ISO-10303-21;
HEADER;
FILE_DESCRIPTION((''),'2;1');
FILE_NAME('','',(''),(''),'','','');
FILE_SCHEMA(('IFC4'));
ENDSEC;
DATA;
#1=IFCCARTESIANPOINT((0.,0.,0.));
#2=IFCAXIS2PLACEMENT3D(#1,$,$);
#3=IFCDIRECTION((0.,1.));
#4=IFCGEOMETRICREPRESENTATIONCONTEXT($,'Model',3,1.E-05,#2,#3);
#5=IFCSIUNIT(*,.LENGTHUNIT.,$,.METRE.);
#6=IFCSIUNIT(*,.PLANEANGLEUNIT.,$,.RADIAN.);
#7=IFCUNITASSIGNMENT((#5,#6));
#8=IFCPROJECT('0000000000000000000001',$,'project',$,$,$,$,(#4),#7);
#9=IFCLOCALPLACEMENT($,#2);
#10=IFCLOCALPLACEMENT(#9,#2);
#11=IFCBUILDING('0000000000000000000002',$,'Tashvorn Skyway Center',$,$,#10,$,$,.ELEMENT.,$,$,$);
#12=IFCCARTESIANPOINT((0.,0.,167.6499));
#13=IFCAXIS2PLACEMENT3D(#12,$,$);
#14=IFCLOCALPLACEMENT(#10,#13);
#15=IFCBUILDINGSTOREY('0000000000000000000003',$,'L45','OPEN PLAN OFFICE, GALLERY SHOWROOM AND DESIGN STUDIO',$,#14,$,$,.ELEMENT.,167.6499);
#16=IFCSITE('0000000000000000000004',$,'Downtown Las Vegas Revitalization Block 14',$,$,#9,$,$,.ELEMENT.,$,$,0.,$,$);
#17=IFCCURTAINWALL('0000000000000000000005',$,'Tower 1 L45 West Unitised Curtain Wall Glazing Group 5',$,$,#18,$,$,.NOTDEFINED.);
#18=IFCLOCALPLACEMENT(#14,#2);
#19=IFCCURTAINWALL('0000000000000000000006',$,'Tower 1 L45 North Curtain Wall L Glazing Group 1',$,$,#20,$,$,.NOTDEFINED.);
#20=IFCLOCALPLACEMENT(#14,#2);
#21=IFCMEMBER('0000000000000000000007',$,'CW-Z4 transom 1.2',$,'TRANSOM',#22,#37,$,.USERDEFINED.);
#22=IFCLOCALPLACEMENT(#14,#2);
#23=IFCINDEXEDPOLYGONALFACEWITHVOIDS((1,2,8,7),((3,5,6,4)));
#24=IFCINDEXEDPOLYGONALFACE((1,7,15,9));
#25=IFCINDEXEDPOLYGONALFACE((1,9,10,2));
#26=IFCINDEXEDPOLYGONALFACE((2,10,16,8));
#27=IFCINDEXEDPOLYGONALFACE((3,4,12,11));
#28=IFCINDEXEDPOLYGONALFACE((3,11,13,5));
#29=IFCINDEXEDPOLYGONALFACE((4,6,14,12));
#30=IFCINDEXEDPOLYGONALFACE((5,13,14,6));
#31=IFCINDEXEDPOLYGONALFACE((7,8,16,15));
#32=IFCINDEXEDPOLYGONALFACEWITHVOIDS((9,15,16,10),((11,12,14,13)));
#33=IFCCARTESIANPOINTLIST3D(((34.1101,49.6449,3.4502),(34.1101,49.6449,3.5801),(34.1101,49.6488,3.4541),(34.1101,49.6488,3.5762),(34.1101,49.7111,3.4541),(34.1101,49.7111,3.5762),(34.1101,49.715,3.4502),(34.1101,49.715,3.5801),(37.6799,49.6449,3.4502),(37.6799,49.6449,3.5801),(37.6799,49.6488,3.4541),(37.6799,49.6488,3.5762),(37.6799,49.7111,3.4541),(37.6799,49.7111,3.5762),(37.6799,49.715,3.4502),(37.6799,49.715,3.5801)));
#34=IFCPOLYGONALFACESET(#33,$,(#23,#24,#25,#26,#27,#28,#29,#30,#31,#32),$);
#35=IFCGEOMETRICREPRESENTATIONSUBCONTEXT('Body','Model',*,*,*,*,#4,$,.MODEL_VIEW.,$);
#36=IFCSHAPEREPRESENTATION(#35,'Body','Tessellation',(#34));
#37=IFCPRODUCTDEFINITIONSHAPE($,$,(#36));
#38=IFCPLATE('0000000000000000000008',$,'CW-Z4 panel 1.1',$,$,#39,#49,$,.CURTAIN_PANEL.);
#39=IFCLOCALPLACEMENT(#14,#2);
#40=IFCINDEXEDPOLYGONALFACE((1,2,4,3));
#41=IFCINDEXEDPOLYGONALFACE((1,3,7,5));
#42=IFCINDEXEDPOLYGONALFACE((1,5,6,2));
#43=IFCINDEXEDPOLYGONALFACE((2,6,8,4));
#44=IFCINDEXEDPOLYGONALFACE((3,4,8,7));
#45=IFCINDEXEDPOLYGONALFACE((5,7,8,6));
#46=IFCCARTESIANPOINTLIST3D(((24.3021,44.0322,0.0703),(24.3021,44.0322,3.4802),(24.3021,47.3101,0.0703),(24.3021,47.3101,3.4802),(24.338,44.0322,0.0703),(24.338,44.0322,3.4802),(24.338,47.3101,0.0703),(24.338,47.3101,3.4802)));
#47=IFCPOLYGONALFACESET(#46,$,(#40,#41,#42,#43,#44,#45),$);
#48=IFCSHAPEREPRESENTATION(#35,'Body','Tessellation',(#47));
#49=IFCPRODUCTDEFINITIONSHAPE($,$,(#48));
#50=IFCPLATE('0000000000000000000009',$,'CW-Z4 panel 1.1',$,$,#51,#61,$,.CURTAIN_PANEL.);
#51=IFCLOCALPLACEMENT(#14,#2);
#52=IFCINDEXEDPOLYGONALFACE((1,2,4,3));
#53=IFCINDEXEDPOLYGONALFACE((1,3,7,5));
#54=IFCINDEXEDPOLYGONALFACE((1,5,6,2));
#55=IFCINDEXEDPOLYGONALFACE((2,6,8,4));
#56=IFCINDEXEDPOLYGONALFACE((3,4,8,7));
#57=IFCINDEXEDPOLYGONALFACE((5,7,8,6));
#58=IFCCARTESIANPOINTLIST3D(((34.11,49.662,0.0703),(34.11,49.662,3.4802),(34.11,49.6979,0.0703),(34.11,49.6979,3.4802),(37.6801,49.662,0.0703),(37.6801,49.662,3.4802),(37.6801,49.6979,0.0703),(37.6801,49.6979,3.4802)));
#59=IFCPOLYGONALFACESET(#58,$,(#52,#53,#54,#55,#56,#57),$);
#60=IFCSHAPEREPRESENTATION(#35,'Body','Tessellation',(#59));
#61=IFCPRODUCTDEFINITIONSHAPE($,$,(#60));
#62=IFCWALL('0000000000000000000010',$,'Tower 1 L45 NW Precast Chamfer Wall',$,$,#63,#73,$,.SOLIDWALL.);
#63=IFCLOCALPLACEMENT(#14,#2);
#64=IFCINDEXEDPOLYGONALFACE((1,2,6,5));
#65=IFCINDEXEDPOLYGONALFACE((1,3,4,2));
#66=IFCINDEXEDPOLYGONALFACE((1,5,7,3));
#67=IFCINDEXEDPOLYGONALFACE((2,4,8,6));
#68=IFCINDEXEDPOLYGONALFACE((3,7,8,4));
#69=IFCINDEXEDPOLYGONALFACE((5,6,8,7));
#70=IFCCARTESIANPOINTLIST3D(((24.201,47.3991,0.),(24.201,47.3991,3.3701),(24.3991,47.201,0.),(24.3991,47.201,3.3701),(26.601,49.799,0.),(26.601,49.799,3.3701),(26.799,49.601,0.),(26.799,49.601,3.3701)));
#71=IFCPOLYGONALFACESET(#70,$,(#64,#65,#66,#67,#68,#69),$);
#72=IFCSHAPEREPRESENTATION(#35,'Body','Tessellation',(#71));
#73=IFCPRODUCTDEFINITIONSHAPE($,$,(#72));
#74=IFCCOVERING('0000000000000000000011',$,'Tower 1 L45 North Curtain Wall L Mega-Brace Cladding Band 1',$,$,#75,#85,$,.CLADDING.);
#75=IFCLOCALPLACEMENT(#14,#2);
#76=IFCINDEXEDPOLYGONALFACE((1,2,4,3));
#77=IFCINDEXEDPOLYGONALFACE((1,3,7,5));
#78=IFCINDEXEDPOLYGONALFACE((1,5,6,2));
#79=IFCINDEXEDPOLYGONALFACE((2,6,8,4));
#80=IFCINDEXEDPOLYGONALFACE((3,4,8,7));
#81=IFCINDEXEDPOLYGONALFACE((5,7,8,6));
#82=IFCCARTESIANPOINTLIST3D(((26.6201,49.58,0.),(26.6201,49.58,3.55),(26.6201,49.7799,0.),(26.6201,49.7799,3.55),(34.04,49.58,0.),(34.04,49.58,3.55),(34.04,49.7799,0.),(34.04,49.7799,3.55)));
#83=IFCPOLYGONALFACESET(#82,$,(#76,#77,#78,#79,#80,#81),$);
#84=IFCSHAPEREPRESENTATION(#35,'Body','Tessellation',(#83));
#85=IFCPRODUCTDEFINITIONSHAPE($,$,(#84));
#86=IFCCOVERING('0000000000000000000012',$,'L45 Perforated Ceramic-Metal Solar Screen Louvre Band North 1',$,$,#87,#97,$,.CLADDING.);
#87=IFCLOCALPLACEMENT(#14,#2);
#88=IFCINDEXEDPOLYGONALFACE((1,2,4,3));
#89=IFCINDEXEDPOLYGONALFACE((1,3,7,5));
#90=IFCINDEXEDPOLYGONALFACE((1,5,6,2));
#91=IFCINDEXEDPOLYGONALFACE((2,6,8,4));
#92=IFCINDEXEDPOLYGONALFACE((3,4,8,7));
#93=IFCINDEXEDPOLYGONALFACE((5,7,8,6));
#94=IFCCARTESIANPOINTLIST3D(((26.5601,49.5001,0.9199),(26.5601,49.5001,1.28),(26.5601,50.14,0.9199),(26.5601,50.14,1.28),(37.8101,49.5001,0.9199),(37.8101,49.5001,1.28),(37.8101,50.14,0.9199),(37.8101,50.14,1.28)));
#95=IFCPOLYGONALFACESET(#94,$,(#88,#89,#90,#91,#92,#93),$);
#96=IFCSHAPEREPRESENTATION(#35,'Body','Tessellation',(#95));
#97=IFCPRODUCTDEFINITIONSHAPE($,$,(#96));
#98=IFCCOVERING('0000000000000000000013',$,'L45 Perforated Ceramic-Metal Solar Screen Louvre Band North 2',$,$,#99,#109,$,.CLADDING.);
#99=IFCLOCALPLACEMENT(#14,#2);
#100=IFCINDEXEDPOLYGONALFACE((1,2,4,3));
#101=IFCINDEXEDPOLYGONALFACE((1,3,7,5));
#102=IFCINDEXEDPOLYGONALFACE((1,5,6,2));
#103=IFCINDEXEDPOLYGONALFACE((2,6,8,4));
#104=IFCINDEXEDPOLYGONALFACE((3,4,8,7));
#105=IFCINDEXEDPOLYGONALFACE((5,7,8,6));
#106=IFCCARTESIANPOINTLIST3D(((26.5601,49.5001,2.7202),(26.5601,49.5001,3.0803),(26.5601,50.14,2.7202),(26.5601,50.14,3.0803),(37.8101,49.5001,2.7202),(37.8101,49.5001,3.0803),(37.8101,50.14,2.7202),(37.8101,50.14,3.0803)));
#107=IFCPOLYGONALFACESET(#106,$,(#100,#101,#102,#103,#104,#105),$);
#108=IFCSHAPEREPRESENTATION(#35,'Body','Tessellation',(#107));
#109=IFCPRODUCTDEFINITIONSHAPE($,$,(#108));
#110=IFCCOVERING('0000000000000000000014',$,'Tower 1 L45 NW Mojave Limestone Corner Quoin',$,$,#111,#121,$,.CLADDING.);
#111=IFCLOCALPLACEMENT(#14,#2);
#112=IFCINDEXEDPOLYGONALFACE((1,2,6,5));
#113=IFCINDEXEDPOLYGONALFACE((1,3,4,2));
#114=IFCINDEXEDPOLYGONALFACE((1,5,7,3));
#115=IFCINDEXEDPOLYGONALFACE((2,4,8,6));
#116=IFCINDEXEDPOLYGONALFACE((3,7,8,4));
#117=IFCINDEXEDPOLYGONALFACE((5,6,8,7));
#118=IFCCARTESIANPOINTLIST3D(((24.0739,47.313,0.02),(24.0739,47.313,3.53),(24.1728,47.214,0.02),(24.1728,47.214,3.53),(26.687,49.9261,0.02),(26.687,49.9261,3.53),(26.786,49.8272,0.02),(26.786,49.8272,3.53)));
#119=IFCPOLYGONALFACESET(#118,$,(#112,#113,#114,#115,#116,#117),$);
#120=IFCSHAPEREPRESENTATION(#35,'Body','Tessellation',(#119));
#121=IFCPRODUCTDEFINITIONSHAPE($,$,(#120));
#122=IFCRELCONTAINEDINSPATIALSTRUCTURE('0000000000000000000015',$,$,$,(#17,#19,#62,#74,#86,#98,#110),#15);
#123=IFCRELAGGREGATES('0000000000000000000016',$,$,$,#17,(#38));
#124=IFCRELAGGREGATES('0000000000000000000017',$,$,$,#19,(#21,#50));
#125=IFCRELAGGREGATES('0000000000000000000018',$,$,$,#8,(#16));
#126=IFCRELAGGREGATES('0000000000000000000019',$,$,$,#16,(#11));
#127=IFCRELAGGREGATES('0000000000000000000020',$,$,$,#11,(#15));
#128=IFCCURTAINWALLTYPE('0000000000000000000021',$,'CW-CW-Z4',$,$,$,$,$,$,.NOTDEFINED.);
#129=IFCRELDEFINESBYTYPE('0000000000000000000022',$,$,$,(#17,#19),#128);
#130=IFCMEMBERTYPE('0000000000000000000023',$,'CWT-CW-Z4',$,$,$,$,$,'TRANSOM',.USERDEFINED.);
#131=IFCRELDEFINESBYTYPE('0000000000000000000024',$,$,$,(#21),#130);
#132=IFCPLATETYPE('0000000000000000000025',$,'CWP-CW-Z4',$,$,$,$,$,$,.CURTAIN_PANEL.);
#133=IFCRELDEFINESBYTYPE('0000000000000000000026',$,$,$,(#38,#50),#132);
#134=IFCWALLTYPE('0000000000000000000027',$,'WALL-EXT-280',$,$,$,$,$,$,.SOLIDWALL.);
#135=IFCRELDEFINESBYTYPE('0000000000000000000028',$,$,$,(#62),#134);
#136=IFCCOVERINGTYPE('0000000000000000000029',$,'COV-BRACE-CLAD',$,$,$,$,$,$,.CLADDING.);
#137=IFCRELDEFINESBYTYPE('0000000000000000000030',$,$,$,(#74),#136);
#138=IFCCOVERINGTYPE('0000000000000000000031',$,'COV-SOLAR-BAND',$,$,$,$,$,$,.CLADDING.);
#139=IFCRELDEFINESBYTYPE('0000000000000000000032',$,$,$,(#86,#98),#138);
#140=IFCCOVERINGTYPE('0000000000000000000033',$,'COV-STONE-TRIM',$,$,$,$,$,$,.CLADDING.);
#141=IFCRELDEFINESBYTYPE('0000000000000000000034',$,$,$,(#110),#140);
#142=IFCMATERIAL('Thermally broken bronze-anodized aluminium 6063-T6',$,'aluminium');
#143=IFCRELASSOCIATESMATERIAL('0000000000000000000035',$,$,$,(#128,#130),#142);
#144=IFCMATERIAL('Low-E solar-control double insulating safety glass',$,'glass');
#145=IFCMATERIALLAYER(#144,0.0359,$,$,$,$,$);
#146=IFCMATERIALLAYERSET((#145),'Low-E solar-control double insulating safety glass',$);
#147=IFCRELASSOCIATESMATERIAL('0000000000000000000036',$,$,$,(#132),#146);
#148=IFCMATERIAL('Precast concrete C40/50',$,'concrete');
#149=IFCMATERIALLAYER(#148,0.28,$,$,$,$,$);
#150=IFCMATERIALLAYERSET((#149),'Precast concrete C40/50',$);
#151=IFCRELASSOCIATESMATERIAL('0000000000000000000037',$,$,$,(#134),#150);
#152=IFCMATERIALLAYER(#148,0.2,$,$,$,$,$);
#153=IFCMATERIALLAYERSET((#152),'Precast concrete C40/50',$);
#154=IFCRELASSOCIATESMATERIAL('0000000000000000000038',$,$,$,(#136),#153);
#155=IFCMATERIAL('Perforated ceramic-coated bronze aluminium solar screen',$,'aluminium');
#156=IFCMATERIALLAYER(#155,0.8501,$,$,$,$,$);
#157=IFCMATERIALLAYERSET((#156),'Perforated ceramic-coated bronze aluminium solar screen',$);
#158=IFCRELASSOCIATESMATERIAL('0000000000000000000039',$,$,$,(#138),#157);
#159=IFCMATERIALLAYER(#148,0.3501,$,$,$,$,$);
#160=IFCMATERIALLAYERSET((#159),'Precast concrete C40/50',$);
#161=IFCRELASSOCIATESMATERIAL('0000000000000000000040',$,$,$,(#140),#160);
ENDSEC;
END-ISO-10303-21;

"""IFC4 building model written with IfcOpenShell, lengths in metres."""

from ifc_helpers import new_model, si_unit, direction, frame, frame_2d, origin, origin_2d, place, context, subcontext, project, spatial, rectangle, hollow_rectangle, extrude, material, layer, layer_set, material_profile, profile_set, type_object, element, aggregate, save


model = new_model("IFC4")

# Units and contexts
model_context = context("Model", 3, precision=1e-05, world=origin(), true_north=direction((0.0, 1.0)))
body_context = subcontext(model_context, "Body", "Model", "MODEL_VIEW")
ifc_project = project(units=[si_unit("LENGTHUNIT", "METRE"), si_unit("PLANEANGLEUNIT", "RADIAN")], contexts=[model_context])

# Site, building, storey
site_placement = place(None, origin())
site = spatial("IfcSite", under=ifc_project, at=site_placement, Name="Downtown Las Vegas Revitalization Block 14", CompositionType="ELEMENT", RefElevation=0.0)
building_placement = place(site_placement, origin())
building = spatial("IfcBuilding", under=site, at=building_placement, Name="Tashvorn Skyway Center", CompositionType="ELEMENT")
storey_placement = place(building_placement, frame((0.0, 0.0, 167.6499)))
storey = spatial("IfcBuildingStorey", under=building, at=storey_placement, Name="L45", Description="OPEN PLAN OFFICE, GALLERY SHOWROOM AND DESIGN STUDIO", CompositionType="ELEMENT", Elevation=167.6499)

# Curtain wall
ifc_material_1 = material(Name="Thermally broken bronze-anodized aluminium 6063-T6", Category="aluminium")
curtain_wall_type = type_object("IfcCurtainWallType", Name="CW-CW-Z4", PredefinedType="NOTDEFINED", material=ifc_material_1)
curtain_wall_1_placement = place(storey_placement, origin())
curtain_wall_1 = element("IfcCurtainWall", 1, at=curtain_wall_1_placement, inside=storey, type_object=curtain_wall_type, Name="Tower 1 L45 West Unitised Curtain Wall Glazing Group 5", PredefinedType="NOTDEFINED")

# Curtain wall, member
curtain_wall_2_placement = place(storey_placement, origin())
curtain_wall_2 = element("IfcCurtainWall", 2, at=curtain_wall_2_placement, inside=storey, type_object=curtain_wall_type, Name="Tower 1 L45 North Curtain Wall L Glazing Group 1", PredefinedType="NOTDEFINED")
ifc_material_profile_1 = material_profile(ifc_material_1, hollow_rectangle(XDim=0.0701, YDim=0.1299, WallThickness=0.0039, at=origin_2d()), Name="ALU-TRAN-70x130")
ifc_profile_set_1 = profile_set([ifc_material_profile_1], Name="Thermally broken bronze-anodized aluminium 6063-T6")
member_type_1 = type_object("IfcMemberType", Name="CWT-CW-Z4", ElementType="TRANSOM", PredefinedType="USERDEFINED", material=ifc_profile_set_1)
member_1_placement = place(storey_placement, frame((34.1101, 49.6799, 3.5151), z_axis=(1.0, 0.0, 0.0), x_axis=(0.0, 1.0, 0.0)))
member_1 = element("IfcMember", 3, at=member_1_placement, type_object=member_type_1, Name="CW-Z4 transom 1.2", ObjectType="TRANSOM", PredefinedType="USERDEFINED", context=body_context, shape_type="SweptSolid", body=[
    extrude(hollow_rectangle(XDim=0.0701, YDim=0.1299, WallThickness=0.0039, at=origin_2d()), origin(), (0.0, 0.0, 1.0), 3.5698),
])

# Plates
ifc_material_2 = material(Name="Low-E solar-control double insulating safety glass", Category="glass")
ifc_layer_1 = layer(ifc_material_2, 0.0359)
ifc_layer_set_1 = layer_set([ifc_layer_1], Name="Low-E solar-control double insulating safety glass")
plate_type = type_object("IfcPlateType", Name="CWP-CW-Z4", PredefinedType="CURTAIN_PANEL", material=ifc_layer_set_1)
plate_1_placement = place(storey_placement, frame((24.3201, 45.6711, 0.0703), z_axis=(0.0, 0.0, 1.0), x_axis=(0.0, 1.0, 0.0)))
plate_1 = element("IfcPlate", 4, at=plate_1_placement, type_object=plate_type, Name="CW-Z4 panel 1.1", PredefinedType="CURTAIN_PANEL", context=body_context, shape_type="SweptSolid", body=[
    extrude(rectangle(XDim=3.2778, YDim=0.0359, at=origin_2d()), origin(), (0.0, 0.0, 1.0), 3.4099),
])
aggregate(curtain_wall_1, [plate_1])
plate_2_placement = place(storey_placement, frame((35.895, 49.6799, 0.0703), z_axis=(0.0, 0.0, 1.0), x_axis=(1.0, 0.0, 0.0)))
plate_2 = element("IfcPlate", 5, at=plate_2_placement, type_object=plate_type, Name="CW-Z4 panel 1.1", PredefinedType="CURTAIN_PANEL", context=body_context, shape_type="SweptSolid", body=[
    extrude(rectangle(XDim=3.5701, YDim=0.0359, at=origin_2d()), origin(), (0.0, 0.0, 1.0), 3.4099),
])
aggregate(curtain_wall_2, [member_1, plate_2])

# Wall
ifc_material_3 = material(Name="Precast concrete C40/50", Category="concrete")
ifc_layer_2 = layer(ifc_material_3, 0.28)
ifc_layer_set_2 = layer_set([ifc_layer_2], Name="Precast concrete C40/50")
wall_type = type_object("IfcWallType", Name="WALL-EXT-280", PredefinedType="SOLIDWALL", material=ifc_layer_set_2)
wall_placement = place(storey_placement, frame((24.3, 47.3, 0.0), z_axis=(0.0, 0.0, 1.0), x_axis=(0.707107, 0.707107, 0.0)))
element("IfcWall", 6, at=wall_placement, inside=storey, type_object=wall_type, Name="Tower 1 L45 NW Precast Chamfer Wall", PredefinedType="SOLIDWALL", context=body_context, shape_type="SweptSolid", body=[
    extrude(rectangle(XDim=3.394, YDim=0.28, at=frame_2d((1.697, 0.0))), origin(), (0.0, 0.0, 1.0), 3.3701),
])

# Coverings
ifc_layer_3 = layer(ifc_material_3, 0.2)
ifc_layer_set_3 = layer_set([ifc_layer_3], Name="Precast concrete C40/50")
covering_type_1 = type_object("IfcCoveringType", Name="COV-BRACE-CLAD", PredefinedType="CLADDING", material=ifc_layer_set_3)
covering_1_placement = place(storey_placement, frame((30.3301, 49.6799, 0.0), z_axis=(0.0, 0.0, 1.0), x_axis=(1.0, 0.0, 0.0)))
element("IfcCovering", 7, at=covering_1_placement, inside=storey, type_object=covering_type_1, Name="Tower 1 L45 North Curtain Wall L Mega-Brace Cladding Band 1", PredefinedType="CLADDING", context=body_context, shape_type="SweptSolid", body=[
    extrude(rectangle(XDim=7.4199, YDim=0.2, at=origin_2d()), origin(), (0.0, 0.0, 1.0), 3.55),
])
ifc_material_4 = material(Name="Perforated ceramic-coated bronze aluminium solar screen", Category="aluminium")
ifc_layer_4 = layer(ifc_material_4, 0.8501)
ifc_layer_set_4 = layer_set([ifc_layer_4], Name="Perforated ceramic-coated bronze aluminium solar screen")
covering_type_2 = type_object("IfcCoveringType", Name="COV-SOLAR-BAND", PredefinedType="CLADDING", material=ifc_layer_set_4)
for number, where, z_axis, x_axis, name in (
    (8, (32.1851, 49.8201, 0.9199), (0.0, 0.0, 1.0), (1.0, 0.0, 0.0), "L45 Perforated Ceramic-Metal Solar Screen Louvre Band North 1"),
    (9, (32.1851, 49.8201, 2.7202), (0.0, 0.0, 1.0), (1.0, 0.0, 0.0), "L45 Perforated Ceramic-Metal Solar Screen Louvre Band North 2"),
):
    element("IfcCovering", number, at=place(storey_placement, frame(where, z_axis=z_axis, x_axis=x_axis)), inside=storey, type_object=covering_type_2, Name=name, PredefinedType="CLADDING", context=body_context, shape_type="SweptSolid", body=[
        extrude(rectangle(XDim=11.25, YDim=0.6399, at=origin_2d()), origin(), (0.0, 0.0, 1.0), 0.3601),
    ])
ifc_layer_5 = layer(ifc_material_3, 0.3501)
ifc_layer_set_5 = layer_set([ifc_layer_5], Name="Precast concrete C40/50")
covering_type_3 = type_object("IfcCoveringType", Name="COV-STONE-TRIM", PredefinedType="CLADDING", material=ifc_layer_set_5)
covering_2_placement = place(storey_placement, frame((25.4299, 48.5701, 0.02), z_axis=(0.0, 0.0, 1.0), x_axis=(-0.707107, -0.707107, 0.0)))
element("IfcCovering", 10, at=covering_2_placement, inside=storey, type_object=covering_type_3, Name="Tower 1 L45 NW Mojave Limestone Corner Quoin", PredefinedType="CLADDING", context=body_context, shape_type="SweptSolid", body=[
    extrude(rectangle(XDim=3.6956, YDim=0.1399, at=origin_2d()), origin(), (0.0, 0.0, 1.0), 3.51),
])

save(model, "model.ifc")
